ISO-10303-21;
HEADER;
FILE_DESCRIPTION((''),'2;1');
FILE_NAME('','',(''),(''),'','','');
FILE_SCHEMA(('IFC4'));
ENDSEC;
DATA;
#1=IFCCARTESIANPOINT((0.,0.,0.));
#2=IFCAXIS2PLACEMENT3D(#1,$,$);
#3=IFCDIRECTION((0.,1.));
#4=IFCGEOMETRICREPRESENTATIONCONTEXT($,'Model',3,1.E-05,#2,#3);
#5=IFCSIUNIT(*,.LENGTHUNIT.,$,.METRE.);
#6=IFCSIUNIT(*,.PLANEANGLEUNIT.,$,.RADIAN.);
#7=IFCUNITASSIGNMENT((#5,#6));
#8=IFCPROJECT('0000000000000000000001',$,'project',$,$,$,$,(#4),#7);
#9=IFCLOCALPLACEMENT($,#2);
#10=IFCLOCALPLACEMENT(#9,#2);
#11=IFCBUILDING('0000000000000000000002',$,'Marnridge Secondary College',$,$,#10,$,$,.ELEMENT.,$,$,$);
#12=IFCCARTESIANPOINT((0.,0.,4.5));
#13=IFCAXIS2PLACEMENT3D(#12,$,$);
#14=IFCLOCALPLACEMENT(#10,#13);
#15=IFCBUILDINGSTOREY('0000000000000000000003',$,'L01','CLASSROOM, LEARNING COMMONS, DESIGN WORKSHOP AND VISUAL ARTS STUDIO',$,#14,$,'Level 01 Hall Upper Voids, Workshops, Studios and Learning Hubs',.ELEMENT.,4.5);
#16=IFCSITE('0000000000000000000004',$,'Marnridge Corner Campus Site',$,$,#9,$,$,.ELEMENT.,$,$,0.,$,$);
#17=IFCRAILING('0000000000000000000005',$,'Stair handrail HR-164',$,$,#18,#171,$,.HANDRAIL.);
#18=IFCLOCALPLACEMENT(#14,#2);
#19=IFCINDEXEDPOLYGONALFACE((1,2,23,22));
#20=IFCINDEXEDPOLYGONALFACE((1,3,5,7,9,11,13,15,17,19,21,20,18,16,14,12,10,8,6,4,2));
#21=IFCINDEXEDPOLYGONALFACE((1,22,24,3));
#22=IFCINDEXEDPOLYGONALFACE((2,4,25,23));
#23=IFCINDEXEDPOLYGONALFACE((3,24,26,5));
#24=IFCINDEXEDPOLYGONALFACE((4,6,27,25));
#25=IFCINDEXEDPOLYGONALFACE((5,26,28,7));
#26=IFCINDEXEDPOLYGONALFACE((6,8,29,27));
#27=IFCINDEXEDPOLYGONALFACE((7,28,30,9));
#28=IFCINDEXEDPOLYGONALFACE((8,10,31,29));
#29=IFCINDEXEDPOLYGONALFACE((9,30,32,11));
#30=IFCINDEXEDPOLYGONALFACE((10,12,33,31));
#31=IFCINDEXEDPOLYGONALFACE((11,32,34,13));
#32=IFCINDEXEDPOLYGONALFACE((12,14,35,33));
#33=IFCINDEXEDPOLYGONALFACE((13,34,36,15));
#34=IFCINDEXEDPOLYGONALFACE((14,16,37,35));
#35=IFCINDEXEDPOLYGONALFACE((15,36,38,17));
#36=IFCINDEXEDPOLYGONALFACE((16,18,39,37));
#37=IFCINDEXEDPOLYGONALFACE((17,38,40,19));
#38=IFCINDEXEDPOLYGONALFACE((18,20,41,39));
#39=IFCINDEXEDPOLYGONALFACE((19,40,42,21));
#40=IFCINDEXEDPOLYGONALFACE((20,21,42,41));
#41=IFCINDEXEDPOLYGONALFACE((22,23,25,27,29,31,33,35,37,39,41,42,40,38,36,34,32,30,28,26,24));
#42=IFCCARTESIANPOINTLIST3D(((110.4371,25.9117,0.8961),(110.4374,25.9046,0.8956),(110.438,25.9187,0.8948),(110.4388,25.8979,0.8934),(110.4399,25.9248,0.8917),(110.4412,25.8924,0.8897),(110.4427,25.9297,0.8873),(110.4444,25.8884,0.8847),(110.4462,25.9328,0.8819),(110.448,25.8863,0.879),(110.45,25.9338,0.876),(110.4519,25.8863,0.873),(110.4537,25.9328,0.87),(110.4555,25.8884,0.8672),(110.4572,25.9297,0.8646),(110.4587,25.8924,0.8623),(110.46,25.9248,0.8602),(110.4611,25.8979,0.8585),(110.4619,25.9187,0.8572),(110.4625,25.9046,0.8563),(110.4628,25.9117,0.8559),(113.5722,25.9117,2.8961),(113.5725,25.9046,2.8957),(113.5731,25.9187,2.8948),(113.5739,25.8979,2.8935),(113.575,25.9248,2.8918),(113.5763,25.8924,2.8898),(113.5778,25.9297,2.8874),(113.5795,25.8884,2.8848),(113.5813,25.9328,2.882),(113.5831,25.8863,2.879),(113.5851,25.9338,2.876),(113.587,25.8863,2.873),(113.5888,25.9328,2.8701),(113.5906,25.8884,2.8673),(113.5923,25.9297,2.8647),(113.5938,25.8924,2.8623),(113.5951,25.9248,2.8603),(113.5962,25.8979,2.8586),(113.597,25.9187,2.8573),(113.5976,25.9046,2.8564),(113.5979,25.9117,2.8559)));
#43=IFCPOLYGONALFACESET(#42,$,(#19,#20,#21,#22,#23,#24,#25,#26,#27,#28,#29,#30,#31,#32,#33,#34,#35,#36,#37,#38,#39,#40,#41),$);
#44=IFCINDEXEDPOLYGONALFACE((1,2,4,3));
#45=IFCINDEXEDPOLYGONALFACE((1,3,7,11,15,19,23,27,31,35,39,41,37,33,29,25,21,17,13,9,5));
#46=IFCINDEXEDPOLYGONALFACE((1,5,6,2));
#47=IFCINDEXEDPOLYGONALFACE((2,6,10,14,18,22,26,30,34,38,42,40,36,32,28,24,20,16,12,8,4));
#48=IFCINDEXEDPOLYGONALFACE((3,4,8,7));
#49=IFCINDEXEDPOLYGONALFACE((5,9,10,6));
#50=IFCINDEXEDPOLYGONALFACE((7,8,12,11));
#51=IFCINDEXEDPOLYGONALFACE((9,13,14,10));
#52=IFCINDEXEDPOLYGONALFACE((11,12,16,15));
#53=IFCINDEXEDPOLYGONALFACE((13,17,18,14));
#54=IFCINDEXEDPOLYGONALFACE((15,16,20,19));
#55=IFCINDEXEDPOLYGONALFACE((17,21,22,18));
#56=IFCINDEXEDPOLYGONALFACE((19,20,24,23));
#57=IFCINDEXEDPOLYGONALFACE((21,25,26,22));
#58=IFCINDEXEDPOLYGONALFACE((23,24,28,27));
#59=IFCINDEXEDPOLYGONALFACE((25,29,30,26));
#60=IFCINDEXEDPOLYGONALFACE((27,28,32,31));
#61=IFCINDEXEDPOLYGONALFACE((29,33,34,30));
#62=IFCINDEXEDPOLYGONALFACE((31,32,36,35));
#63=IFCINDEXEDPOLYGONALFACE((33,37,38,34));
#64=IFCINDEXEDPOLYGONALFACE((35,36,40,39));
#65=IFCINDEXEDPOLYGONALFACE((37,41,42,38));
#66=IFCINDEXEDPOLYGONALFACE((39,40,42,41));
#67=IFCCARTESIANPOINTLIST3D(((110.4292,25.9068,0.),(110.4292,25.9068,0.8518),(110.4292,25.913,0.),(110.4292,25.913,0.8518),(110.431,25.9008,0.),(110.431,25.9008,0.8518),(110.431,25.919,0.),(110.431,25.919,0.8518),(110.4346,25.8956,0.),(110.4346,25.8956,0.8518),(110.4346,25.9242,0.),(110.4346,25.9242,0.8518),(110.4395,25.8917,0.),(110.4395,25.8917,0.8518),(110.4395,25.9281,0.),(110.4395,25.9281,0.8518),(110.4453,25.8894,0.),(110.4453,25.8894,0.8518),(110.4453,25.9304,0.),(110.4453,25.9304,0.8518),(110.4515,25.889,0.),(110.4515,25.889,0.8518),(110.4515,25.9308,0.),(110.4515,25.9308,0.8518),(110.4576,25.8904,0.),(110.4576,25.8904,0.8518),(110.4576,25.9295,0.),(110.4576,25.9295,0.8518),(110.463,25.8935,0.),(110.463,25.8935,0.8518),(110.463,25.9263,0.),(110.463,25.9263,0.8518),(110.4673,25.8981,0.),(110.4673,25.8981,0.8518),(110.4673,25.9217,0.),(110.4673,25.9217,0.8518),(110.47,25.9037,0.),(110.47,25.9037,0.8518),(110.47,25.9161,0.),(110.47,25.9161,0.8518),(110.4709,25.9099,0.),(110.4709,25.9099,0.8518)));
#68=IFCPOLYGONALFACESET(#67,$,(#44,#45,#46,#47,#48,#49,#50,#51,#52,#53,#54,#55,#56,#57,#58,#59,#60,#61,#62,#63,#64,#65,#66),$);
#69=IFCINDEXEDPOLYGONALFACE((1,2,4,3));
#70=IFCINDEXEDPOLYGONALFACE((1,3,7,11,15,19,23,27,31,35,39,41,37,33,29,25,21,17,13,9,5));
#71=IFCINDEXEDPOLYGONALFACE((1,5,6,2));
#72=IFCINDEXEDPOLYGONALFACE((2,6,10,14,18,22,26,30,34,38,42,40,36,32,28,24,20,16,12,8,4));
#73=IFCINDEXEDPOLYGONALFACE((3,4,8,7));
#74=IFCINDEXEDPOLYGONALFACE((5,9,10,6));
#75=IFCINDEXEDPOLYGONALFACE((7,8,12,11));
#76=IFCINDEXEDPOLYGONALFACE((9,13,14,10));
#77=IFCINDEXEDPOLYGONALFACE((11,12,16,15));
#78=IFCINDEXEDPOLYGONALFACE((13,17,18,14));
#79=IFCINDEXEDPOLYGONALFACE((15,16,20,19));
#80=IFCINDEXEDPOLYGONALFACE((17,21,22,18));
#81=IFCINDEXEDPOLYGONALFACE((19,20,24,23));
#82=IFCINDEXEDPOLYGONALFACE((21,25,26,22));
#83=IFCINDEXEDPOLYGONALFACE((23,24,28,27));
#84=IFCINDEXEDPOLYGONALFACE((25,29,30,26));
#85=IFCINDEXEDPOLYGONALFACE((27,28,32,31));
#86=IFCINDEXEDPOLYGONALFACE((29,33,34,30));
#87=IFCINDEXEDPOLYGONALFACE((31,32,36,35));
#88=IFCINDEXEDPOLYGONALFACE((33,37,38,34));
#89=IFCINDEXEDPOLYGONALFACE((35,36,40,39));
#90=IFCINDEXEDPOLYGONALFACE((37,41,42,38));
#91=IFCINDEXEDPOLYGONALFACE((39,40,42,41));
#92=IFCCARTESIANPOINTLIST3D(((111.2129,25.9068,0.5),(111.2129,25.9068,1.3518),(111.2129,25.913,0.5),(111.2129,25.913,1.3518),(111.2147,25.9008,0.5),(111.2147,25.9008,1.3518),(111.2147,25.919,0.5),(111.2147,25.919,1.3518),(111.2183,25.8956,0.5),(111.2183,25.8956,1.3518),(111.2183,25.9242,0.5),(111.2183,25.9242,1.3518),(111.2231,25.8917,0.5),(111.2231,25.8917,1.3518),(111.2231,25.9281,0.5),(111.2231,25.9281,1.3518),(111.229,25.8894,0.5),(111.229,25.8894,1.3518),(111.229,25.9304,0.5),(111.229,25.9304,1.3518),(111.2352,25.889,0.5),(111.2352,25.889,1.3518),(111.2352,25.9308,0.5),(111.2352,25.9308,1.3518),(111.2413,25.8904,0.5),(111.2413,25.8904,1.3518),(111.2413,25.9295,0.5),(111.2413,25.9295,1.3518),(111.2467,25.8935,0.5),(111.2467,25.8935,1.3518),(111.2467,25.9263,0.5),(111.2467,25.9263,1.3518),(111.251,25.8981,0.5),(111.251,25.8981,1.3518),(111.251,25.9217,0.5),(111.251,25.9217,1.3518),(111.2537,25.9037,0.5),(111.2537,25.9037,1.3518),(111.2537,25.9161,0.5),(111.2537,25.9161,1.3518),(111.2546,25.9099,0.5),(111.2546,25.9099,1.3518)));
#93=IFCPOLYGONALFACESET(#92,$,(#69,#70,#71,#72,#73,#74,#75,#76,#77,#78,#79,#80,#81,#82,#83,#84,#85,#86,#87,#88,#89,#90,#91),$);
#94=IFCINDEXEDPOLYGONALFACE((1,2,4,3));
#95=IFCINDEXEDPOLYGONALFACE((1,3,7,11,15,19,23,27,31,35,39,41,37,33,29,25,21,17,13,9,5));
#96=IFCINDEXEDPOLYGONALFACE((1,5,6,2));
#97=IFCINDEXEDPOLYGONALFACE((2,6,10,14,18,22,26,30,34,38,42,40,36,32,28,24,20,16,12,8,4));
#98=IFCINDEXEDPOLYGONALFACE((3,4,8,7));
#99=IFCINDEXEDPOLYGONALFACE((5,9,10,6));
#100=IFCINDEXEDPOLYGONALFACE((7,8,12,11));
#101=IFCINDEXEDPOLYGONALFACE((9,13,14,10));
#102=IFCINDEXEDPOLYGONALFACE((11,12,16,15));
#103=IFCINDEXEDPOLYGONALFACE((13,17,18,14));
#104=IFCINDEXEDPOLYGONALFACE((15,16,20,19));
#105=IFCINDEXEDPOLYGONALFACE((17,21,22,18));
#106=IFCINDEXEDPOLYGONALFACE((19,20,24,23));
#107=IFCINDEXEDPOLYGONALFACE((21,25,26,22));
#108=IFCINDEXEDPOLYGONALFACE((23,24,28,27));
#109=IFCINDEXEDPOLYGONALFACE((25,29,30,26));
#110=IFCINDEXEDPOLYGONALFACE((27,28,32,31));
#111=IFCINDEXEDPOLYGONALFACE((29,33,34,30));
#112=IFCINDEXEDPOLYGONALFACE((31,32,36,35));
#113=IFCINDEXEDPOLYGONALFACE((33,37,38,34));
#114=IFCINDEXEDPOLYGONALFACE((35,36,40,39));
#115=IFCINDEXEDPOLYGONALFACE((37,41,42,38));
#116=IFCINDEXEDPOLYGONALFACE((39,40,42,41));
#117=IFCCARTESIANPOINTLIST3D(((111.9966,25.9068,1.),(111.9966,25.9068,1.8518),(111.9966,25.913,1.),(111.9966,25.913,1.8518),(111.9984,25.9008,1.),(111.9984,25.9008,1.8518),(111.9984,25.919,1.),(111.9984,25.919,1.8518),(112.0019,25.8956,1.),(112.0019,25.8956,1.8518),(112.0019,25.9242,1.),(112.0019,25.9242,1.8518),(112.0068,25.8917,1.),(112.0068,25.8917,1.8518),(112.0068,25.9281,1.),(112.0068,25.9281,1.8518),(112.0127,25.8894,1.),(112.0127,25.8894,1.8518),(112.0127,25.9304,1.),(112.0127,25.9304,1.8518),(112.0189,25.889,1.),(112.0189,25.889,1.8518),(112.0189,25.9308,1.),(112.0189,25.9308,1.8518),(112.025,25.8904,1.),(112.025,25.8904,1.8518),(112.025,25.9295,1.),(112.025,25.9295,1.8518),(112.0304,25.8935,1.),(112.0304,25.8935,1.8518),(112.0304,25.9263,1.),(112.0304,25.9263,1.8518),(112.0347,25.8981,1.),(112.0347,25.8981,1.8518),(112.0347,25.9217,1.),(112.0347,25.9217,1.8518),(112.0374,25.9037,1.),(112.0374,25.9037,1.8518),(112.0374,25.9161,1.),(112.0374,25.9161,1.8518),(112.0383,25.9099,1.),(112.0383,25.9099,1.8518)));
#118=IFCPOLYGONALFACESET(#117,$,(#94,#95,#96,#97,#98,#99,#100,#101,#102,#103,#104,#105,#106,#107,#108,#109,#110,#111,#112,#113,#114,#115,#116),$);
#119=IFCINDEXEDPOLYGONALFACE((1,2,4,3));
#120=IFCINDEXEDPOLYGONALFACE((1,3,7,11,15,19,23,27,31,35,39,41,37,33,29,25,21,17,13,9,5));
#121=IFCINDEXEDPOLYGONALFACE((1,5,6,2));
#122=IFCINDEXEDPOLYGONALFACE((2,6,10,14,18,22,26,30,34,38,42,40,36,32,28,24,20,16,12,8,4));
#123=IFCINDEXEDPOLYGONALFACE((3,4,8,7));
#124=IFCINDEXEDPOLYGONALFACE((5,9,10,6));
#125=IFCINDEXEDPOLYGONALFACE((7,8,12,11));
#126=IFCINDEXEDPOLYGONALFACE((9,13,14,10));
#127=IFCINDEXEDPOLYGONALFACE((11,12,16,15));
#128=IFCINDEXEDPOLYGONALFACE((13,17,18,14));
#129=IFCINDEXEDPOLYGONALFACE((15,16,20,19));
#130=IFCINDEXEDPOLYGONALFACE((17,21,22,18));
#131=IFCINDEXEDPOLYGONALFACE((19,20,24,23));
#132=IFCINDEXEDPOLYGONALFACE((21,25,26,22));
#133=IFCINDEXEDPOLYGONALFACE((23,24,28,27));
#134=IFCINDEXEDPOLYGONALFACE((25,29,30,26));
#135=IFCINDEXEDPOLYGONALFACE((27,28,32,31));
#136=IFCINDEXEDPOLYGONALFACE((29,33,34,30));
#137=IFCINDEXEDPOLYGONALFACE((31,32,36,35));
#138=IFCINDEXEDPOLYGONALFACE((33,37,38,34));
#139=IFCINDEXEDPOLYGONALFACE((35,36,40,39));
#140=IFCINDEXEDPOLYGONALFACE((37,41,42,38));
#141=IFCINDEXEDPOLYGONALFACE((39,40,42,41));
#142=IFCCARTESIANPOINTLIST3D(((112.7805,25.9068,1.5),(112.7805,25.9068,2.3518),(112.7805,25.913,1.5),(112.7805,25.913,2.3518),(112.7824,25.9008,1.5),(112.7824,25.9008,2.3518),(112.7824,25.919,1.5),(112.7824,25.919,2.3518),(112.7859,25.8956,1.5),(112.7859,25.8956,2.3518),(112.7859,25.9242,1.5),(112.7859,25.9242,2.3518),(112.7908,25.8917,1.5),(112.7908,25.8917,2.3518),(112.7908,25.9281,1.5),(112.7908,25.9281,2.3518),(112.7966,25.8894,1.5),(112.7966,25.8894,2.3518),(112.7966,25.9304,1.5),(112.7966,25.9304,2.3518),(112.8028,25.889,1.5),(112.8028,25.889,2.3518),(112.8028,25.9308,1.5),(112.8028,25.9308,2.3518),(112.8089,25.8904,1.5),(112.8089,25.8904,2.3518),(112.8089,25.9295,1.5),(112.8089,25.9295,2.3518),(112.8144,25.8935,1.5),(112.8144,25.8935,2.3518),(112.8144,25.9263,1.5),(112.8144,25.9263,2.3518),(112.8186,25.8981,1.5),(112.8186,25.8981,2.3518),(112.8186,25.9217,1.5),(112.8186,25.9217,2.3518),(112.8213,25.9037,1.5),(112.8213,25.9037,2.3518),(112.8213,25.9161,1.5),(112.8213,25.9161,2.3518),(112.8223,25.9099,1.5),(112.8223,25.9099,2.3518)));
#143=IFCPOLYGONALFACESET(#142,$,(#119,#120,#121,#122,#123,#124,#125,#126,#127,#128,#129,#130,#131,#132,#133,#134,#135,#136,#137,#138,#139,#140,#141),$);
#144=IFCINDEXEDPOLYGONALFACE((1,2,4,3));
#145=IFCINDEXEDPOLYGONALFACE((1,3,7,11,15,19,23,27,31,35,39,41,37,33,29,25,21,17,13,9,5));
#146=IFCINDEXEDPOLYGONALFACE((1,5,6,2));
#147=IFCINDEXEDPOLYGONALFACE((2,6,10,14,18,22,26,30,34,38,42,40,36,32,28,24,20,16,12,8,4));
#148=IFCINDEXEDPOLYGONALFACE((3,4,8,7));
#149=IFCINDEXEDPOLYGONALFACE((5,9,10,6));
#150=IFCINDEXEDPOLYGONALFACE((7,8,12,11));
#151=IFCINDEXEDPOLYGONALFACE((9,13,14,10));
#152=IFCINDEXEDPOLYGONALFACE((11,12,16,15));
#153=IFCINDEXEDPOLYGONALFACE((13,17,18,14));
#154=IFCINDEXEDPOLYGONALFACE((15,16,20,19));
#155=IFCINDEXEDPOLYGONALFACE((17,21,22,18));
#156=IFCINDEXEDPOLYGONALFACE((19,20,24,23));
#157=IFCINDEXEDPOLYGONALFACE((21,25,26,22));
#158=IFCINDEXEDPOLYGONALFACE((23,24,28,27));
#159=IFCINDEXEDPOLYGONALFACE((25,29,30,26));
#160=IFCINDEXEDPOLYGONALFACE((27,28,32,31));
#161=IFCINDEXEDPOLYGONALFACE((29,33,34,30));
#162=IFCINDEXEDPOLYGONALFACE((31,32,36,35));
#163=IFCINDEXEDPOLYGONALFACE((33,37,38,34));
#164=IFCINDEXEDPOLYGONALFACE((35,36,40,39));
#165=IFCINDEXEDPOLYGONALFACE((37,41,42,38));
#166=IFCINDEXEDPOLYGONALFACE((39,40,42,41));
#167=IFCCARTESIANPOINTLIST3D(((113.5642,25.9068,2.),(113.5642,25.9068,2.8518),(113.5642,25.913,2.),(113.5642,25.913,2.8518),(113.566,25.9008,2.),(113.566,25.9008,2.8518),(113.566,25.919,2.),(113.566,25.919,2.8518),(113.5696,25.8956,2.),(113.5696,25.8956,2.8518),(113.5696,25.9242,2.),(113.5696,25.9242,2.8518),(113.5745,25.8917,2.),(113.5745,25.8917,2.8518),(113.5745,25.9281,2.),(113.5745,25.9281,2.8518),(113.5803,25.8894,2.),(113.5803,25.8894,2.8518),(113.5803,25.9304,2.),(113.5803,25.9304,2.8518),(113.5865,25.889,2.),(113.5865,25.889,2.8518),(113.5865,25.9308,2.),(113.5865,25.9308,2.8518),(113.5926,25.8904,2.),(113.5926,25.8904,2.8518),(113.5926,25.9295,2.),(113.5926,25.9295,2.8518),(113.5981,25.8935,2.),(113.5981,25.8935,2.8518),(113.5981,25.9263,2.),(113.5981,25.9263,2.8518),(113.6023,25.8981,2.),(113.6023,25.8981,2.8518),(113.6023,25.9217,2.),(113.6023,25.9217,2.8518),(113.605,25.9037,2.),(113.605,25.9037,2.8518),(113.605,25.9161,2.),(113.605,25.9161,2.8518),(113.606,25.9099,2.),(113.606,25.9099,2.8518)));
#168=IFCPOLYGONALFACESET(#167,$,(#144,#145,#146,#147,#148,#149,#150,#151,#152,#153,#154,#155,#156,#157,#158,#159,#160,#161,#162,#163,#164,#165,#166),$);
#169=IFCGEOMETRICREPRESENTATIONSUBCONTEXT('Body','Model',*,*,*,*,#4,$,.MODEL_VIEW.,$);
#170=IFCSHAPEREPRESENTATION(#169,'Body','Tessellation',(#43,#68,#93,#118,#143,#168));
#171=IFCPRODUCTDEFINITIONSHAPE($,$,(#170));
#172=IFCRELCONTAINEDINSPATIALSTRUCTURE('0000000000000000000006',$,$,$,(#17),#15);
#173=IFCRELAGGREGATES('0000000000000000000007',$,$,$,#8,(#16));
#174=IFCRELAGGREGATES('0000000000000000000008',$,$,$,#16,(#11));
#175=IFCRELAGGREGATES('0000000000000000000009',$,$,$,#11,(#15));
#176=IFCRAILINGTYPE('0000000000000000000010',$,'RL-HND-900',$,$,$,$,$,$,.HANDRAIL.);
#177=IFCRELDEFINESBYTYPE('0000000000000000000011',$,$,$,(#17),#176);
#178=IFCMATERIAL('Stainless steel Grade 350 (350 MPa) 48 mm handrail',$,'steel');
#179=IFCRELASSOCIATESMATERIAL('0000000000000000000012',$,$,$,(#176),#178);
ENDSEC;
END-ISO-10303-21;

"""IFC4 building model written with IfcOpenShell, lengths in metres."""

from ifc_helpers import new_model, si_unit, direction, frame, origin, origin_2d, place, context, subcontext, project, spatial, circle, extrude, material, type_object, element, save


model = new_model("IFC4")

# Units and contexts
model_context = context("Model", 3, precision=1e-05, world=origin(), true_north=direction((0.0, 1.0)))
body_context = subcontext(model_context, "Body", "Model", "MODEL_VIEW")
ifc_project = project(units=[si_unit("LENGTHUNIT", "METRE"), si_unit("PLANEANGLEUNIT", "RADIAN")], contexts=[model_context])

# Site, building, storey
site_placement = place(None, origin())
site = spatial("IfcSite", under=ifc_project, at=site_placement, Name="Marnridge Corner Campus Site", CompositionType="ELEMENT", RefElevation=0.0)
building_placement = place(site_placement, origin())
building = spatial("IfcBuilding", under=site, at=building_placement, Name="Marnridge Secondary College", CompositionType="ELEMENT")
storey_placement = place(building_placement, frame((0.0, 0.0, 4.5)))
storey = spatial("IfcBuildingStorey", under=building, at=storey_placement, Name="L01", Description="CLASSROOM, LEARNING COMMONS, DESIGN WORKSHOP AND VISUAL ARTS STUDIO", LongName="Level 01 Hall Upper Voids, Workshops, Studios and Learning Hubs", CompositionType="ELEMENT", Elevation=4.5)

# Railing
ifc_material_1 = material(Name="Stainless steel Grade 350 (350 MPa) 48 mm handrail", Category="steel")
railing_type_1 = type_object("IfcRailingType", Name="RL-HND-900", PredefinedType="HANDRAIL", material=ifc_material_1)
for number, where, name in (
    (1, (110.45, 25.9099, 0.0), "Stair handrail HR-164"),
):
    element("IfcRailing", number, at=place(storey_placement, frame(where)), inside=storey, type_object=railing_type_1, Name=name, PredefinedType="HANDRAIL", context=body_context, shape_type="SweptSolid", body=[
        extrude(circle(Radius=0.0239, at=origin_2d()), frame((0.0, 0.0, 0.876), z_axis=(0.843053, 0.0, 0.537831), x_axis=(0.0, 1.0, 0.0)), (0.0, 0.0, 1.0), 3.7188),
        extrude(circle(Radius=0.021, at=origin_2d()), origin(), (0.0, 0.0, 1.0), 0.8518),
        extrude(circle(Radius=0.021, at=origin_2d()), frame((0.7837, 0.0, 0.5)), (0.0, 0.0, 1.0), 0.8518),
        extrude(circle(Radius=0.021, at=origin_2d()), frame((1.5674, 0.0, 1.0)), (0.0, 0.0, 1.0), 0.8518),
        extrude(circle(Radius=0.021, at=origin_2d()), frame((2.3513, 0.0, 1.5)), (0.0, 0.0, 1.0), 0.8518),
        extrude(circle(Radius=0.021, at=origin_2d()), frame((3.135, 0.0, 2.0)), (0.0, 0.0, 1.0), 0.8518),
    ])

save(model, "model.ifc")
